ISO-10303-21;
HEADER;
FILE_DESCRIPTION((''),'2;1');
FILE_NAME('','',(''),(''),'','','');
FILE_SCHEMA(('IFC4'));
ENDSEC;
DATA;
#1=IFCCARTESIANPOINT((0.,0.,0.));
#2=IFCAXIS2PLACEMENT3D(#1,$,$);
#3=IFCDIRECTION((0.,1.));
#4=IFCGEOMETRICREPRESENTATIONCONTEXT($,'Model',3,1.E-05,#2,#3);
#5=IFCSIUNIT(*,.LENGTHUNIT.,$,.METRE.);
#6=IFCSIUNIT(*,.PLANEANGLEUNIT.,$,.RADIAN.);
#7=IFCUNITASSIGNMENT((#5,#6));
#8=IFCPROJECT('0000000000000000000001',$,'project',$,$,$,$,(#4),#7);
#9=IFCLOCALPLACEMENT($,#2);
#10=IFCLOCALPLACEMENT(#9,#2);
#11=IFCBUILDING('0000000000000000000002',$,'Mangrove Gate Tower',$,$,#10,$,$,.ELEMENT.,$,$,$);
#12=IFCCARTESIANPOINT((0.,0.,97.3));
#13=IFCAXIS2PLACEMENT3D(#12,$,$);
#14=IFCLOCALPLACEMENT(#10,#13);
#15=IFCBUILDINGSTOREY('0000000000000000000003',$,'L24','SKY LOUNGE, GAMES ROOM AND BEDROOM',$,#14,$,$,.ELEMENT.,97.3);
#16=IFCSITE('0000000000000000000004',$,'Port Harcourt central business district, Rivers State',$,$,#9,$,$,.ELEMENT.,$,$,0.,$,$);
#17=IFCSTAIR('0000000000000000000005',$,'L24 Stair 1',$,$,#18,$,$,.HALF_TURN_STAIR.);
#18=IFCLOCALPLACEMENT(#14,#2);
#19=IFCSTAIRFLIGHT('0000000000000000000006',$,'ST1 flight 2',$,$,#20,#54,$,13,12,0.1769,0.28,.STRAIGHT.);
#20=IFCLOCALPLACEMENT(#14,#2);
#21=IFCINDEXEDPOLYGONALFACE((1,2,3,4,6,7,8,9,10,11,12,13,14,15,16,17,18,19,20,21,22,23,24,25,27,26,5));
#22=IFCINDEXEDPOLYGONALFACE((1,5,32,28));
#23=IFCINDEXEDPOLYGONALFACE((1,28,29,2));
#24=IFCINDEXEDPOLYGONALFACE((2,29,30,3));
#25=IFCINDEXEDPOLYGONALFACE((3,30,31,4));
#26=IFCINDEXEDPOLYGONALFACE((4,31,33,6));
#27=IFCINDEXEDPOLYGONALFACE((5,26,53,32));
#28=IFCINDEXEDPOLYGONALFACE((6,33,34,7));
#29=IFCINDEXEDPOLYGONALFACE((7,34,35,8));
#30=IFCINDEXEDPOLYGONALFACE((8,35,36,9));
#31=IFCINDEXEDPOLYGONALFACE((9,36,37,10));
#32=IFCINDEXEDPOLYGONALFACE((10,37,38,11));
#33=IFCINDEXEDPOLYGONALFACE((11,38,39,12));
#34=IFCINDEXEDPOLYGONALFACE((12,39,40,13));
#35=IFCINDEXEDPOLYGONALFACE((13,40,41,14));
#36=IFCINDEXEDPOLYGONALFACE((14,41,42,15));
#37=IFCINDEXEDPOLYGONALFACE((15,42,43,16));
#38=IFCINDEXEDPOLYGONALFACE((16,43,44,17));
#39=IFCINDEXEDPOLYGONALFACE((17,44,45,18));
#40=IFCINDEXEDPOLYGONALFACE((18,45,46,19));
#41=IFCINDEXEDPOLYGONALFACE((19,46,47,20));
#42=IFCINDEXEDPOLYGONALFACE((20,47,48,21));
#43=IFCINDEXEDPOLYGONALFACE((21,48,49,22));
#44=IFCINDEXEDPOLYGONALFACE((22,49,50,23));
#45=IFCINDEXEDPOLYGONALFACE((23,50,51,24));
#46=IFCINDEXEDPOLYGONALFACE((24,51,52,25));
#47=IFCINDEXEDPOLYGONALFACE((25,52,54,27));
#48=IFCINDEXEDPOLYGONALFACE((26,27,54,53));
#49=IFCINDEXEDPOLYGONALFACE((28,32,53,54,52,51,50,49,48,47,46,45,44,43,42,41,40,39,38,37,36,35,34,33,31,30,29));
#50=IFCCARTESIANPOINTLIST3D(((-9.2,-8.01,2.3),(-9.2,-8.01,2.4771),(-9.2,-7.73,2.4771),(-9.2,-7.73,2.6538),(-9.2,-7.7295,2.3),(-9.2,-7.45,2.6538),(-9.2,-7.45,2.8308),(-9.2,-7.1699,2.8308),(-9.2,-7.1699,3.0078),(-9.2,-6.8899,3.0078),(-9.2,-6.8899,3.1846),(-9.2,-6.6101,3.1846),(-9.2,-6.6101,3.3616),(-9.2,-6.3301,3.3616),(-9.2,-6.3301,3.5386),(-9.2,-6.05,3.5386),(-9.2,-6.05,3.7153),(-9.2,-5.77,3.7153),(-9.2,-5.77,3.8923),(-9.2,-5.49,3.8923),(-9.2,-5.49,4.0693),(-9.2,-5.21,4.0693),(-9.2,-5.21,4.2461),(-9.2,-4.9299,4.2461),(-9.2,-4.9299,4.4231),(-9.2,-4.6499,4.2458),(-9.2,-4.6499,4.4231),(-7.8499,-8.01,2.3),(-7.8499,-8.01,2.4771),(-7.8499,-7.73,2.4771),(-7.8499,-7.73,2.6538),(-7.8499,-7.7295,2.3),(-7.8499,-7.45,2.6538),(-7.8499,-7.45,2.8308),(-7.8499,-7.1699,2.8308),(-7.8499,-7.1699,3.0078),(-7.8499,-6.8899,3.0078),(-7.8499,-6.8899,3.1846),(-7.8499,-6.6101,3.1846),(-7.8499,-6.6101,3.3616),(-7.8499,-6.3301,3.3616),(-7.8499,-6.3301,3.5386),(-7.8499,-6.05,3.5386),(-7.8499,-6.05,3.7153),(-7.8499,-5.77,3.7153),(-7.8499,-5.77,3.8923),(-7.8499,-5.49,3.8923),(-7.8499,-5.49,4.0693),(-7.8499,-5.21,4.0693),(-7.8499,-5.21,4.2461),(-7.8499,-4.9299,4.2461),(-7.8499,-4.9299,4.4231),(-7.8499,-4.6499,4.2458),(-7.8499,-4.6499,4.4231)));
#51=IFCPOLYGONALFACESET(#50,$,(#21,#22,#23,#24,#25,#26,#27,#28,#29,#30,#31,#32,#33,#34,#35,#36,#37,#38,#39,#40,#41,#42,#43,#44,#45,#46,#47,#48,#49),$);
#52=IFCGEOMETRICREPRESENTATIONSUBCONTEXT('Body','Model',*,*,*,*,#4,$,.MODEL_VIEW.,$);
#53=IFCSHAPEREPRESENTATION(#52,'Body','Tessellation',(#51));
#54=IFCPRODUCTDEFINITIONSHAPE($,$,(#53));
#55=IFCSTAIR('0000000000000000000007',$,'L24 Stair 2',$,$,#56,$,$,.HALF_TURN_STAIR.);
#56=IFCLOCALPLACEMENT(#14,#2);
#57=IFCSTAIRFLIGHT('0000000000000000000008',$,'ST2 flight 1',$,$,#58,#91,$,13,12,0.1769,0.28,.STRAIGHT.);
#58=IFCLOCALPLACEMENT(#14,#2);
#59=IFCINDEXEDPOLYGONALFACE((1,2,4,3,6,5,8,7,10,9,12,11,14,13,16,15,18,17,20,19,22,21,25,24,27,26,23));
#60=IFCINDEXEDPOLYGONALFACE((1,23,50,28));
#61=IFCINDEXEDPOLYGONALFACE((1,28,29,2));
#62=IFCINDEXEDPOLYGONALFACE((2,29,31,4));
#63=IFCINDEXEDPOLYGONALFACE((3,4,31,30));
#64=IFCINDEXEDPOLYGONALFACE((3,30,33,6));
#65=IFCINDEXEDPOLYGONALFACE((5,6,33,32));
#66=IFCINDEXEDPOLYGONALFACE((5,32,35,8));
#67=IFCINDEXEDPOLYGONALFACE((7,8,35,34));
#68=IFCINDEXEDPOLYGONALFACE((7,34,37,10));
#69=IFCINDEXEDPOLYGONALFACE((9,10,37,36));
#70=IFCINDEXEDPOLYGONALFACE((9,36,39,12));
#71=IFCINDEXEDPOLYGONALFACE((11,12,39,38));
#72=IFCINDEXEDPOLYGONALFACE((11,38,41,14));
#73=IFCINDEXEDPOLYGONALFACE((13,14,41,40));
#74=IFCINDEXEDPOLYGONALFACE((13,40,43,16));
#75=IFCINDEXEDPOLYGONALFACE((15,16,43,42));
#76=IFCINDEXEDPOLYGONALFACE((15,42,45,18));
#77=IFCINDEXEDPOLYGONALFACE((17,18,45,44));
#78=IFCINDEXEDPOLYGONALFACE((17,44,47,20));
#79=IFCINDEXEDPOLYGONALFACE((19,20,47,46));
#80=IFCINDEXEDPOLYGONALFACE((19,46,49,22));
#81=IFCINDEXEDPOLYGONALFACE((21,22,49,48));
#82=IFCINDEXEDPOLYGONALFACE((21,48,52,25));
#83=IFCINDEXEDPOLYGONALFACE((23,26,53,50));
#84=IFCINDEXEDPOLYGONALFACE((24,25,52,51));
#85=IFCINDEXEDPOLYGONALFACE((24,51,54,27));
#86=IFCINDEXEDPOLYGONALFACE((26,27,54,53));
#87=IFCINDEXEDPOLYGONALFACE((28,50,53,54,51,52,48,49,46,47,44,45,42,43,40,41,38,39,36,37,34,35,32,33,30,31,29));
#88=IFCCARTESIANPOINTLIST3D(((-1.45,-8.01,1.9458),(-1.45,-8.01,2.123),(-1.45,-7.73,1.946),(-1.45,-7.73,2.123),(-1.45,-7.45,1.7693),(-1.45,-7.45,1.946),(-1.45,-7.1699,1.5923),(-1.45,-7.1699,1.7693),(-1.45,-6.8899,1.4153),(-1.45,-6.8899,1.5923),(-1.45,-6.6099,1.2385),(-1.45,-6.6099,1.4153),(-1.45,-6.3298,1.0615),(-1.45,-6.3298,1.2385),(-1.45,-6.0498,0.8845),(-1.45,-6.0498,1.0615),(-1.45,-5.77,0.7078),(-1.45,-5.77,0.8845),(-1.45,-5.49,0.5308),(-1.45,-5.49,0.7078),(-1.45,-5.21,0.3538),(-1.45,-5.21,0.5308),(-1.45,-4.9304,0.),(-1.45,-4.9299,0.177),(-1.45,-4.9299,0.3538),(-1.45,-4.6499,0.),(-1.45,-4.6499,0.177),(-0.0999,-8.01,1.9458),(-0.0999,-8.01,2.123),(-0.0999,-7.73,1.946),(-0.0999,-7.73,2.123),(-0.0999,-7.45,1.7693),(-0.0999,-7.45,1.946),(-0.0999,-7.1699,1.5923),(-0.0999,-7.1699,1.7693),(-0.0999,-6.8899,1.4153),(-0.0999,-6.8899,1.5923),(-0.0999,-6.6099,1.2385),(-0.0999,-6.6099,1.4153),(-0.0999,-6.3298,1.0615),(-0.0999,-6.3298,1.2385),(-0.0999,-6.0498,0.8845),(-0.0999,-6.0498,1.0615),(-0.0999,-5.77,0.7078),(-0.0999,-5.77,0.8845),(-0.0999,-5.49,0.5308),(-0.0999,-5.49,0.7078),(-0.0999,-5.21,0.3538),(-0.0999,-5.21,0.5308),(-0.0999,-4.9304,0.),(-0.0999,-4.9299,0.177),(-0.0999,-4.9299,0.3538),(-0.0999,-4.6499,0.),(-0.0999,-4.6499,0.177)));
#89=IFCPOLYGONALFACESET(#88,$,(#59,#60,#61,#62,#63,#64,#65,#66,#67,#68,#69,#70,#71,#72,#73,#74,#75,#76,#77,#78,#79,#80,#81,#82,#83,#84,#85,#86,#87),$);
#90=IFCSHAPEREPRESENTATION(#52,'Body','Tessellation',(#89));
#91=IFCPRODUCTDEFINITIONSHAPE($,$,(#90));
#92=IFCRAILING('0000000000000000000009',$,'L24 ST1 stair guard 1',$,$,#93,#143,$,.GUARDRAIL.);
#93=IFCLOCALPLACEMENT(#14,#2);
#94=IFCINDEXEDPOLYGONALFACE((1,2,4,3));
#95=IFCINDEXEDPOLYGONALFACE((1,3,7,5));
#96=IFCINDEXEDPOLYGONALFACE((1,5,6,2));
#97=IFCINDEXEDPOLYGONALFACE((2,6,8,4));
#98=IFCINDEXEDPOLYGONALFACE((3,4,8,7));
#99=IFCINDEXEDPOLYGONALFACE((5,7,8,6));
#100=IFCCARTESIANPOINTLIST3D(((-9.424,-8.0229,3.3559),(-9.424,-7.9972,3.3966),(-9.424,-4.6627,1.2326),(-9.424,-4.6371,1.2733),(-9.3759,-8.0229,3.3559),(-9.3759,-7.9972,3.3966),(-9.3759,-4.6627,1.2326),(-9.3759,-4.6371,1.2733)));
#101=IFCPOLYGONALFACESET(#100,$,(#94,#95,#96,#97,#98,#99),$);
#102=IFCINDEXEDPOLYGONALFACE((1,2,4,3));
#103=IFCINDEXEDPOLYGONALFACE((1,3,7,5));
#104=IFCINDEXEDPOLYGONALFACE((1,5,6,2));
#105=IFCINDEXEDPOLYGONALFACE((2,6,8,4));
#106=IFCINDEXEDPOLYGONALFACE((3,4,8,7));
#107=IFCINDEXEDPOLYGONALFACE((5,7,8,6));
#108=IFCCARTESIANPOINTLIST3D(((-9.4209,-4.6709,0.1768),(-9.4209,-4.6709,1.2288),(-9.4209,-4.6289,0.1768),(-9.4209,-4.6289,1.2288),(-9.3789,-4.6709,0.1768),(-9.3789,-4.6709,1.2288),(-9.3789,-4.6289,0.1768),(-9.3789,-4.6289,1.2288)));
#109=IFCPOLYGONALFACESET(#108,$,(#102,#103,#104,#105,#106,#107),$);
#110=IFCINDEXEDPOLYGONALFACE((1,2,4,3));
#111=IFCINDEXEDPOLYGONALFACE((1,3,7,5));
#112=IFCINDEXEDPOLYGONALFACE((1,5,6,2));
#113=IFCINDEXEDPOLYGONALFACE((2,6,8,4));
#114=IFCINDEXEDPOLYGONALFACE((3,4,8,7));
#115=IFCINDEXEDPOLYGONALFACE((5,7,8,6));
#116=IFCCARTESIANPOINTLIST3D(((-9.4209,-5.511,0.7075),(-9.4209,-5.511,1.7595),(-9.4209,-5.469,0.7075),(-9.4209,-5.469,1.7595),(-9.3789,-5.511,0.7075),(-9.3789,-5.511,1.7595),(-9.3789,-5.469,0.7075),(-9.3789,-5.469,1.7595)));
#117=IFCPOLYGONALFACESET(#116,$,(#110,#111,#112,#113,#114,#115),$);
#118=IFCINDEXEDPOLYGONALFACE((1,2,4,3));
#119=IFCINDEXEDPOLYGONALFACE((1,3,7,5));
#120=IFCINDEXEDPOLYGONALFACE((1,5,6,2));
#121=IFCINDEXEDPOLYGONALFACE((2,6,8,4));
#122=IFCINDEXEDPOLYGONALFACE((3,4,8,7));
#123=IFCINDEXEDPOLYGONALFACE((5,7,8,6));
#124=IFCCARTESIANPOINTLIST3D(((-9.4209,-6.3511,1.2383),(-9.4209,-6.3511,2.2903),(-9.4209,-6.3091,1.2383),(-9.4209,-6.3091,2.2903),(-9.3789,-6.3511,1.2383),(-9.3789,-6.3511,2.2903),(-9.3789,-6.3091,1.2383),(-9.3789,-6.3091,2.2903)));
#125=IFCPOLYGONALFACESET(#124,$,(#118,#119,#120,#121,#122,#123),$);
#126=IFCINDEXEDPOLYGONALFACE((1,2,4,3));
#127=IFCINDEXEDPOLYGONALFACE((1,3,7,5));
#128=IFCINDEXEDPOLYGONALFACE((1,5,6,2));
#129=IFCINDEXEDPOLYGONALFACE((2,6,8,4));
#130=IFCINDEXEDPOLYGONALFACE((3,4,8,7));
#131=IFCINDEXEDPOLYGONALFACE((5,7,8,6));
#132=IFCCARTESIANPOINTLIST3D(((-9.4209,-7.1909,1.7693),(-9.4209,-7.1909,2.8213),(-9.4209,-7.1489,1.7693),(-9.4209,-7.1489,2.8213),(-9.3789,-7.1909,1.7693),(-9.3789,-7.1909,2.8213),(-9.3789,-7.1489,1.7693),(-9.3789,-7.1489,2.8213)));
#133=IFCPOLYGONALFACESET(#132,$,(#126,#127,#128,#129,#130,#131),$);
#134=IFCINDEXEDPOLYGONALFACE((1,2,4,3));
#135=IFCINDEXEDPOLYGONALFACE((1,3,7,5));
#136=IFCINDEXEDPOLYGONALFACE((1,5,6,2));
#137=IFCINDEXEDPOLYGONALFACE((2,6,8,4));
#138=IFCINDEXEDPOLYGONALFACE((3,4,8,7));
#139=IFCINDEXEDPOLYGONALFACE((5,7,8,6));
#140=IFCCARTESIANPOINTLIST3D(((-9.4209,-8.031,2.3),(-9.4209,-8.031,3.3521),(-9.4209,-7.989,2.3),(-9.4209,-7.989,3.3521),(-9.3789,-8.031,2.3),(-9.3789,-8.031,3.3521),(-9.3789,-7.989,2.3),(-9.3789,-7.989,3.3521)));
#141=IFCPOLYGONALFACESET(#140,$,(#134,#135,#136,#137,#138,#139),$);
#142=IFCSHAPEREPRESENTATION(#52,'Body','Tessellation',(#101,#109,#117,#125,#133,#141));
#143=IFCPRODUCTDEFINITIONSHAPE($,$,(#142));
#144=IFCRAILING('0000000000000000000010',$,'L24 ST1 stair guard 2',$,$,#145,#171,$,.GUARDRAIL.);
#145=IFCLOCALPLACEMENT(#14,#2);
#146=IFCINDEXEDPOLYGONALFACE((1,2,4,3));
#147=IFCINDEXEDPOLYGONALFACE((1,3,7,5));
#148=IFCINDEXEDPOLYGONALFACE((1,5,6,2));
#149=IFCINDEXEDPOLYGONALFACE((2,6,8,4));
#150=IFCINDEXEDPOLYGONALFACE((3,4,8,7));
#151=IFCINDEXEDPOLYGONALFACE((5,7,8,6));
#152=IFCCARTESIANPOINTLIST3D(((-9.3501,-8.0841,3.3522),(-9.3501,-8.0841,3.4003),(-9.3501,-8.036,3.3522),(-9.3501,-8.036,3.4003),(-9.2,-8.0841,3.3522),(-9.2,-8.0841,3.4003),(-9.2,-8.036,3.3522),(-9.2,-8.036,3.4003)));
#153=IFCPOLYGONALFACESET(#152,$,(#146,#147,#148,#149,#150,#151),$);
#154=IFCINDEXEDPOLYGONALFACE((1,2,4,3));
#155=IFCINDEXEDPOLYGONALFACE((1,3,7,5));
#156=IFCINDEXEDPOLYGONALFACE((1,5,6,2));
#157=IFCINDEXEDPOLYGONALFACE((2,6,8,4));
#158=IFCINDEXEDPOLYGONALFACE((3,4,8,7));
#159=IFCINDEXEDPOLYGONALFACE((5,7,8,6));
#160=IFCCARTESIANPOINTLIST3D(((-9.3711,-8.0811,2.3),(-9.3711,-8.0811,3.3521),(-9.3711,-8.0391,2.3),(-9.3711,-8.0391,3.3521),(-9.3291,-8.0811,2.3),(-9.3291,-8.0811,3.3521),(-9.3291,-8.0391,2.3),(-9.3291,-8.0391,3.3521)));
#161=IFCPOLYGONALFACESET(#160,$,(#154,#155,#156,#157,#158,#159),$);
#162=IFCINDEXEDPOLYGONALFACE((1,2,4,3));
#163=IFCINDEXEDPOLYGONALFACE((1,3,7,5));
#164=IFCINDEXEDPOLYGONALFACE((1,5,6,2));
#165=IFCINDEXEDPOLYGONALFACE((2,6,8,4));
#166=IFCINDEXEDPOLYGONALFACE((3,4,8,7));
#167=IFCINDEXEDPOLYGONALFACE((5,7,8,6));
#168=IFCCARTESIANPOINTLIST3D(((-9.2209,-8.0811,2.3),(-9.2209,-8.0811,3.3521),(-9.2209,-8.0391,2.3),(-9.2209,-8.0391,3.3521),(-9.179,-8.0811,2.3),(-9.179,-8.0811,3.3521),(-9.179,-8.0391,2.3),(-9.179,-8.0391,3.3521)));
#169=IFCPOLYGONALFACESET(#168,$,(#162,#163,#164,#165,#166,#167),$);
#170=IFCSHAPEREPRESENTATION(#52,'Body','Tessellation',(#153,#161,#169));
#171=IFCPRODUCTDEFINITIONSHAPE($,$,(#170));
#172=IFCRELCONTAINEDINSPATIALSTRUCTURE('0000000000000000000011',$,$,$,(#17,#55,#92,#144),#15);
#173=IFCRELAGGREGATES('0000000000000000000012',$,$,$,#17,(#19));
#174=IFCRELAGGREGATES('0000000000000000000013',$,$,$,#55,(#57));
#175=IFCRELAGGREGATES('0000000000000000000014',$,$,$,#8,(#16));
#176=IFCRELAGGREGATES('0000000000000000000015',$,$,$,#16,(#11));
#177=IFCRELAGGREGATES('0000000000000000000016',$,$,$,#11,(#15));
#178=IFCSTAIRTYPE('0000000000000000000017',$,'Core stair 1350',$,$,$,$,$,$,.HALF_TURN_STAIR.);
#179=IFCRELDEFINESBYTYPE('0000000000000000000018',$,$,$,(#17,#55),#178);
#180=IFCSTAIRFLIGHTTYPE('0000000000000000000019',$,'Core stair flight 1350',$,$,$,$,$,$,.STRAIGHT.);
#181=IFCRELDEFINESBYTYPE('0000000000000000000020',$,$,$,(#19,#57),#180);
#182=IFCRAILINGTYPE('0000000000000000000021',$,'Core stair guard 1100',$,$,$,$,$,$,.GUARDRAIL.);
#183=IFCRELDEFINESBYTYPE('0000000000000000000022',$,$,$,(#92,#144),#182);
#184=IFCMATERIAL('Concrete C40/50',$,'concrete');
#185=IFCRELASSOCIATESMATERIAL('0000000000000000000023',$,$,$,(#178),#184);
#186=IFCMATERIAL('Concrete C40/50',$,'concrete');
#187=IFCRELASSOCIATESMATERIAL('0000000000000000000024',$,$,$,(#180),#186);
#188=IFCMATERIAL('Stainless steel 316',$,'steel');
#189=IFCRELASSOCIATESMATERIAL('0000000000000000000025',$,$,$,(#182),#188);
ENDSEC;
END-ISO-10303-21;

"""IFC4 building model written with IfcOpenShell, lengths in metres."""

from ifc_helpers import new_model, si_unit, direction, frame, origin, origin_2d, place, context, subcontext, project, spatial, polyline, rectangle, outline, extrude, material, type_object, element, aggregate, save


model = new_model("IFC4")

# Units and contexts
model_context = context("Model", 3, precision=1e-05, world=origin(), true_north=direction((0.0, 1.0)))
body_context = subcontext(model_context, "Body", "Model", "MODEL_VIEW")
ifc_project = project(units=[si_unit("LENGTHUNIT", "METRE"), si_unit("PLANEANGLEUNIT", "RADIAN")], contexts=[model_context])

# Site, building, storey
site_placement = place(None, origin())
site = spatial("IfcSite", under=ifc_project, at=site_placement, Name="Port Harcourt central business district, Rivers State", CompositionType="ELEMENT", RefElevation=0.0)
building_placement = place(site_placement, origin())
building = spatial("IfcBuilding", under=site, at=building_placement, Name="Mangrove Gate Tower", CompositionType="ELEMENT")
storey_placement = place(building_placement, frame((0.0, 0.0, 97.3)))
storey = spatial("IfcBuildingStorey", under=building, at=storey_placement, Name="L24", Description="SKY LOUNGE, GAMES ROOM AND BEDROOM", CompositionType="ELEMENT", Elevation=97.3)

# Stair, stair flight
ifc_material_1 = material(Name="Concrete C40/50", Category="concrete")
stair_type = type_object("IfcStairType", Name="Core stair 1350", PredefinedType="HALF_TURN_STAIR", material=ifc_material_1)
stair_1_placement = place(storey_placement, origin())
stair_1 = element("IfcStair", 1, at=stair_1_placement, inside=storey, type_object=stair_type, Name="L24 Stair 1", PredefinedType="HALF_TURN_STAIR")
ifc_material_2 = material(Name="Concrete C40/50", Category="concrete")
stair_flight_type = type_object("IfcStairFlightType", Name="Core stair flight 1350", PredefinedType="STRAIGHT", material=ifc_material_2)
stair_flight_1_placement = place(storey_placement, frame((-8.5249, -8.01, 2.3), z_axis=(0.0, 0.0, 1.0), x_axis=(0.0, 1.0, 0.0)))
stair_flight_1 = element("IfcStairFlight", 2, at=stair_flight_1_placement, type_object=stair_flight_type, Name="ST1 flight 2", NumberOfRisers=13, NumberOfTreads=12, PredefinedType="STRAIGHT", RiserHeight=0.1769, TreadLength=0.28, context=body_context, shape_type="SweptSolid", body=[
    extrude(outline(polyline([(0.0, 0.0), (0.0, 0.177), (0.28, 0.177), (0.28, 0.3538), (0.5601, 0.3538), (0.5601, 0.5308), (0.8401, 0.5308), (0.8401, 0.7078), (1.1201, 0.7078), (1.1201, 0.8845), (1.3999, 0.8845), (1.3999, 1.0615), (1.6799, 1.0615), (1.6799, 1.2385), (1.96, 1.2385), (1.96, 1.4153), (2.24, 1.4153), (2.24, 1.5923), (2.52, 1.5923), (2.52, 1.7693), (2.8, 1.7693), (2.8, 1.946), (3.0801, 1.946), (3.0801, 2.123), (3.3601, 2.123), (3.3601, 2.3), (3.3601, 1.9458), (0.2805, 0.0), (0.0, 0.0)])), frame((0.0, 0.675, 0.0), z_axis=(0.0, -1.0, 0.0), x_axis=(1.0, 0.0, 0.0)), (0.0, 0.0, 1.0), 1.3501),
])
aggregate(stair_1, [stair_flight_1])

# Stair, stair flight
stair_2_placement = place(storey_placement, origin())
stair_2 = element("IfcStair", 3, at=stair_2_placement, inside=storey, type_object=stair_type, Name="L24 Stair 2", PredefinedType="HALF_TURN_STAIR")
stair_flight_2_placement = place(storey_placement, frame((-0.7749, -4.6499, 0.0), z_axis=(0.0, 0.0, 1.0), x_axis=(0.0, -1.0, 0.0)))
stair_flight_2 = element("IfcStairFlight", 4, at=stair_flight_2_placement, type_object=stair_flight_type, Name="ST2 flight 1", NumberOfRisers=13, NumberOfTreads=12, PredefinedType="STRAIGHT", RiserHeight=0.1769, TreadLength=0.28, context=body_context, shape_type="SweptSolid", body=[
    extrude(outline(polyline([(0.0, 0.0), (0.0, 0.177), (0.28, 0.177), (0.28, 0.3538), (0.5601, 0.3538), (0.5601, 0.5308), (0.8401, 0.5308), (0.8401, 0.7078), (1.1201, 0.7078), (1.1201, 0.8845), (1.3999, 0.8845), (1.3999, 1.0615), (1.6799, 1.0615), (1.6799, 1.2385), (1.96, 1.2385), (1.96, 1.4153), (2.24, 1.4153), (2.24, 1.5923), (2.52, 1.5923), (2.52, 1.7693), (2.8, 1.7693), (2.8, 1.946), (3.0801, 1.946), (3.0801, 2.123), (3.3601, 2.123), (3.3601, 2.3), (3.3601, 1.9458), (0.2805, 0.0), (0.0, 0.0)])), frame((0.0, 0.675, 0.0), z_axis=(0.0, -1.0, 0.0), x_axis=(1.0, 0.0, 0.0)), (0.0, 0.0, 1.0), 1.3501),
])
aggregate(stair_2, [stair_flight_2])

# Railings
ifc_material_3 = material(Name="Stainless steel 316", Category="steel")
railing_type_1 = type_object("IfcRailingType", Name="Core stair guard 1100", PredefinedType="GUARDRAIL", material=ifc_material_3)
railing_1_placement = place(storey_placement, frame((-9.3999, -4.6499, 0.1768)))
element("IfcRailing", 5, at=railing_1_placement, inside=storey, type_object=railing_type_1, Name="L24 ST1 stair guard 1", PredefinedType="GUARDRAIL", context=body_context, shape_type="SweptSolid", body=[
    extrude(rectangle(XDim=0.0481, YDim=0.0481, at=origin_2d()), frame((0.0, 0.0, 1.0762), z_axis=(0.0, -0.845362, 0.534194), x_axis=(1.0, 0.0, 0.0)), (0.0, 0.0, 1.0), 3.9749),
    extrude(rectangle(XDim=0.042, YDim=0.042, at=origin_2d()), origin(), (0.0, 0.0, 1.0), 1.052),
    extrude(rectangle(XDim=0.042, YDim=0.042, at=origin_2d()), frame((0.0, -0.8401, 0.5308)), (0.0, 0.0, 1.0), 1.052),
    extrude(rectangle(XDim=0.042, YDim=0.042, at=origin_2d()), frame((0.0, -1.6802, 1.0615)), (0.0, 0.0, 1.0), 1.052),
    extrude(rectangle(XDim=0.042, YDim=0.042, at=origin_2d()), frame((0.0, -2.52, 1.5925)), (0.0, 0.0, 1.0), 1.052),
    extrude(rectangle(XDim=0.042, YDim=0.042, at=origin_2d()), frame((0.0, -3.3601, 2.1233)), (0.0, 0.0, 1.0), 1.052),
])
railing_2_placement = place(storey_placement, frame((-9.3501, -8.0601, 2.3)))
element("IfcRailing", 6, at=railing_2_placement, inside=storey, type_object=railing_type_1, Name="L24 ST1 stair guard 2", PredefinedType="GUARDRAIL", context=body_context, shape_type="SweptSolid", body=[
    extrude(rectangle(XDim=0.0481, YDim=0.0481, at=origin_2d()), frame((0.0, 0.0, 1.0762), z_axis=(1.0, 0.0, 0.0), x_axis=(0.0, 1.0, 0.0)), (0.0, 0.0, 1.0), 0.1501),
    extrude(rectangle(XDim=0.042, YDim=0.042, at=origin_2d()), origin(), (0.0, 0.0, 1.0), 1.052),
    extrude(rectangle(XDim=0.042, YDim=0.042, at=origin_2d()), frame((0.1501, 0.0, 0.0)), (0.0, 0.0, 1.0), 1.052),
])

save(model, "model.ifc")
